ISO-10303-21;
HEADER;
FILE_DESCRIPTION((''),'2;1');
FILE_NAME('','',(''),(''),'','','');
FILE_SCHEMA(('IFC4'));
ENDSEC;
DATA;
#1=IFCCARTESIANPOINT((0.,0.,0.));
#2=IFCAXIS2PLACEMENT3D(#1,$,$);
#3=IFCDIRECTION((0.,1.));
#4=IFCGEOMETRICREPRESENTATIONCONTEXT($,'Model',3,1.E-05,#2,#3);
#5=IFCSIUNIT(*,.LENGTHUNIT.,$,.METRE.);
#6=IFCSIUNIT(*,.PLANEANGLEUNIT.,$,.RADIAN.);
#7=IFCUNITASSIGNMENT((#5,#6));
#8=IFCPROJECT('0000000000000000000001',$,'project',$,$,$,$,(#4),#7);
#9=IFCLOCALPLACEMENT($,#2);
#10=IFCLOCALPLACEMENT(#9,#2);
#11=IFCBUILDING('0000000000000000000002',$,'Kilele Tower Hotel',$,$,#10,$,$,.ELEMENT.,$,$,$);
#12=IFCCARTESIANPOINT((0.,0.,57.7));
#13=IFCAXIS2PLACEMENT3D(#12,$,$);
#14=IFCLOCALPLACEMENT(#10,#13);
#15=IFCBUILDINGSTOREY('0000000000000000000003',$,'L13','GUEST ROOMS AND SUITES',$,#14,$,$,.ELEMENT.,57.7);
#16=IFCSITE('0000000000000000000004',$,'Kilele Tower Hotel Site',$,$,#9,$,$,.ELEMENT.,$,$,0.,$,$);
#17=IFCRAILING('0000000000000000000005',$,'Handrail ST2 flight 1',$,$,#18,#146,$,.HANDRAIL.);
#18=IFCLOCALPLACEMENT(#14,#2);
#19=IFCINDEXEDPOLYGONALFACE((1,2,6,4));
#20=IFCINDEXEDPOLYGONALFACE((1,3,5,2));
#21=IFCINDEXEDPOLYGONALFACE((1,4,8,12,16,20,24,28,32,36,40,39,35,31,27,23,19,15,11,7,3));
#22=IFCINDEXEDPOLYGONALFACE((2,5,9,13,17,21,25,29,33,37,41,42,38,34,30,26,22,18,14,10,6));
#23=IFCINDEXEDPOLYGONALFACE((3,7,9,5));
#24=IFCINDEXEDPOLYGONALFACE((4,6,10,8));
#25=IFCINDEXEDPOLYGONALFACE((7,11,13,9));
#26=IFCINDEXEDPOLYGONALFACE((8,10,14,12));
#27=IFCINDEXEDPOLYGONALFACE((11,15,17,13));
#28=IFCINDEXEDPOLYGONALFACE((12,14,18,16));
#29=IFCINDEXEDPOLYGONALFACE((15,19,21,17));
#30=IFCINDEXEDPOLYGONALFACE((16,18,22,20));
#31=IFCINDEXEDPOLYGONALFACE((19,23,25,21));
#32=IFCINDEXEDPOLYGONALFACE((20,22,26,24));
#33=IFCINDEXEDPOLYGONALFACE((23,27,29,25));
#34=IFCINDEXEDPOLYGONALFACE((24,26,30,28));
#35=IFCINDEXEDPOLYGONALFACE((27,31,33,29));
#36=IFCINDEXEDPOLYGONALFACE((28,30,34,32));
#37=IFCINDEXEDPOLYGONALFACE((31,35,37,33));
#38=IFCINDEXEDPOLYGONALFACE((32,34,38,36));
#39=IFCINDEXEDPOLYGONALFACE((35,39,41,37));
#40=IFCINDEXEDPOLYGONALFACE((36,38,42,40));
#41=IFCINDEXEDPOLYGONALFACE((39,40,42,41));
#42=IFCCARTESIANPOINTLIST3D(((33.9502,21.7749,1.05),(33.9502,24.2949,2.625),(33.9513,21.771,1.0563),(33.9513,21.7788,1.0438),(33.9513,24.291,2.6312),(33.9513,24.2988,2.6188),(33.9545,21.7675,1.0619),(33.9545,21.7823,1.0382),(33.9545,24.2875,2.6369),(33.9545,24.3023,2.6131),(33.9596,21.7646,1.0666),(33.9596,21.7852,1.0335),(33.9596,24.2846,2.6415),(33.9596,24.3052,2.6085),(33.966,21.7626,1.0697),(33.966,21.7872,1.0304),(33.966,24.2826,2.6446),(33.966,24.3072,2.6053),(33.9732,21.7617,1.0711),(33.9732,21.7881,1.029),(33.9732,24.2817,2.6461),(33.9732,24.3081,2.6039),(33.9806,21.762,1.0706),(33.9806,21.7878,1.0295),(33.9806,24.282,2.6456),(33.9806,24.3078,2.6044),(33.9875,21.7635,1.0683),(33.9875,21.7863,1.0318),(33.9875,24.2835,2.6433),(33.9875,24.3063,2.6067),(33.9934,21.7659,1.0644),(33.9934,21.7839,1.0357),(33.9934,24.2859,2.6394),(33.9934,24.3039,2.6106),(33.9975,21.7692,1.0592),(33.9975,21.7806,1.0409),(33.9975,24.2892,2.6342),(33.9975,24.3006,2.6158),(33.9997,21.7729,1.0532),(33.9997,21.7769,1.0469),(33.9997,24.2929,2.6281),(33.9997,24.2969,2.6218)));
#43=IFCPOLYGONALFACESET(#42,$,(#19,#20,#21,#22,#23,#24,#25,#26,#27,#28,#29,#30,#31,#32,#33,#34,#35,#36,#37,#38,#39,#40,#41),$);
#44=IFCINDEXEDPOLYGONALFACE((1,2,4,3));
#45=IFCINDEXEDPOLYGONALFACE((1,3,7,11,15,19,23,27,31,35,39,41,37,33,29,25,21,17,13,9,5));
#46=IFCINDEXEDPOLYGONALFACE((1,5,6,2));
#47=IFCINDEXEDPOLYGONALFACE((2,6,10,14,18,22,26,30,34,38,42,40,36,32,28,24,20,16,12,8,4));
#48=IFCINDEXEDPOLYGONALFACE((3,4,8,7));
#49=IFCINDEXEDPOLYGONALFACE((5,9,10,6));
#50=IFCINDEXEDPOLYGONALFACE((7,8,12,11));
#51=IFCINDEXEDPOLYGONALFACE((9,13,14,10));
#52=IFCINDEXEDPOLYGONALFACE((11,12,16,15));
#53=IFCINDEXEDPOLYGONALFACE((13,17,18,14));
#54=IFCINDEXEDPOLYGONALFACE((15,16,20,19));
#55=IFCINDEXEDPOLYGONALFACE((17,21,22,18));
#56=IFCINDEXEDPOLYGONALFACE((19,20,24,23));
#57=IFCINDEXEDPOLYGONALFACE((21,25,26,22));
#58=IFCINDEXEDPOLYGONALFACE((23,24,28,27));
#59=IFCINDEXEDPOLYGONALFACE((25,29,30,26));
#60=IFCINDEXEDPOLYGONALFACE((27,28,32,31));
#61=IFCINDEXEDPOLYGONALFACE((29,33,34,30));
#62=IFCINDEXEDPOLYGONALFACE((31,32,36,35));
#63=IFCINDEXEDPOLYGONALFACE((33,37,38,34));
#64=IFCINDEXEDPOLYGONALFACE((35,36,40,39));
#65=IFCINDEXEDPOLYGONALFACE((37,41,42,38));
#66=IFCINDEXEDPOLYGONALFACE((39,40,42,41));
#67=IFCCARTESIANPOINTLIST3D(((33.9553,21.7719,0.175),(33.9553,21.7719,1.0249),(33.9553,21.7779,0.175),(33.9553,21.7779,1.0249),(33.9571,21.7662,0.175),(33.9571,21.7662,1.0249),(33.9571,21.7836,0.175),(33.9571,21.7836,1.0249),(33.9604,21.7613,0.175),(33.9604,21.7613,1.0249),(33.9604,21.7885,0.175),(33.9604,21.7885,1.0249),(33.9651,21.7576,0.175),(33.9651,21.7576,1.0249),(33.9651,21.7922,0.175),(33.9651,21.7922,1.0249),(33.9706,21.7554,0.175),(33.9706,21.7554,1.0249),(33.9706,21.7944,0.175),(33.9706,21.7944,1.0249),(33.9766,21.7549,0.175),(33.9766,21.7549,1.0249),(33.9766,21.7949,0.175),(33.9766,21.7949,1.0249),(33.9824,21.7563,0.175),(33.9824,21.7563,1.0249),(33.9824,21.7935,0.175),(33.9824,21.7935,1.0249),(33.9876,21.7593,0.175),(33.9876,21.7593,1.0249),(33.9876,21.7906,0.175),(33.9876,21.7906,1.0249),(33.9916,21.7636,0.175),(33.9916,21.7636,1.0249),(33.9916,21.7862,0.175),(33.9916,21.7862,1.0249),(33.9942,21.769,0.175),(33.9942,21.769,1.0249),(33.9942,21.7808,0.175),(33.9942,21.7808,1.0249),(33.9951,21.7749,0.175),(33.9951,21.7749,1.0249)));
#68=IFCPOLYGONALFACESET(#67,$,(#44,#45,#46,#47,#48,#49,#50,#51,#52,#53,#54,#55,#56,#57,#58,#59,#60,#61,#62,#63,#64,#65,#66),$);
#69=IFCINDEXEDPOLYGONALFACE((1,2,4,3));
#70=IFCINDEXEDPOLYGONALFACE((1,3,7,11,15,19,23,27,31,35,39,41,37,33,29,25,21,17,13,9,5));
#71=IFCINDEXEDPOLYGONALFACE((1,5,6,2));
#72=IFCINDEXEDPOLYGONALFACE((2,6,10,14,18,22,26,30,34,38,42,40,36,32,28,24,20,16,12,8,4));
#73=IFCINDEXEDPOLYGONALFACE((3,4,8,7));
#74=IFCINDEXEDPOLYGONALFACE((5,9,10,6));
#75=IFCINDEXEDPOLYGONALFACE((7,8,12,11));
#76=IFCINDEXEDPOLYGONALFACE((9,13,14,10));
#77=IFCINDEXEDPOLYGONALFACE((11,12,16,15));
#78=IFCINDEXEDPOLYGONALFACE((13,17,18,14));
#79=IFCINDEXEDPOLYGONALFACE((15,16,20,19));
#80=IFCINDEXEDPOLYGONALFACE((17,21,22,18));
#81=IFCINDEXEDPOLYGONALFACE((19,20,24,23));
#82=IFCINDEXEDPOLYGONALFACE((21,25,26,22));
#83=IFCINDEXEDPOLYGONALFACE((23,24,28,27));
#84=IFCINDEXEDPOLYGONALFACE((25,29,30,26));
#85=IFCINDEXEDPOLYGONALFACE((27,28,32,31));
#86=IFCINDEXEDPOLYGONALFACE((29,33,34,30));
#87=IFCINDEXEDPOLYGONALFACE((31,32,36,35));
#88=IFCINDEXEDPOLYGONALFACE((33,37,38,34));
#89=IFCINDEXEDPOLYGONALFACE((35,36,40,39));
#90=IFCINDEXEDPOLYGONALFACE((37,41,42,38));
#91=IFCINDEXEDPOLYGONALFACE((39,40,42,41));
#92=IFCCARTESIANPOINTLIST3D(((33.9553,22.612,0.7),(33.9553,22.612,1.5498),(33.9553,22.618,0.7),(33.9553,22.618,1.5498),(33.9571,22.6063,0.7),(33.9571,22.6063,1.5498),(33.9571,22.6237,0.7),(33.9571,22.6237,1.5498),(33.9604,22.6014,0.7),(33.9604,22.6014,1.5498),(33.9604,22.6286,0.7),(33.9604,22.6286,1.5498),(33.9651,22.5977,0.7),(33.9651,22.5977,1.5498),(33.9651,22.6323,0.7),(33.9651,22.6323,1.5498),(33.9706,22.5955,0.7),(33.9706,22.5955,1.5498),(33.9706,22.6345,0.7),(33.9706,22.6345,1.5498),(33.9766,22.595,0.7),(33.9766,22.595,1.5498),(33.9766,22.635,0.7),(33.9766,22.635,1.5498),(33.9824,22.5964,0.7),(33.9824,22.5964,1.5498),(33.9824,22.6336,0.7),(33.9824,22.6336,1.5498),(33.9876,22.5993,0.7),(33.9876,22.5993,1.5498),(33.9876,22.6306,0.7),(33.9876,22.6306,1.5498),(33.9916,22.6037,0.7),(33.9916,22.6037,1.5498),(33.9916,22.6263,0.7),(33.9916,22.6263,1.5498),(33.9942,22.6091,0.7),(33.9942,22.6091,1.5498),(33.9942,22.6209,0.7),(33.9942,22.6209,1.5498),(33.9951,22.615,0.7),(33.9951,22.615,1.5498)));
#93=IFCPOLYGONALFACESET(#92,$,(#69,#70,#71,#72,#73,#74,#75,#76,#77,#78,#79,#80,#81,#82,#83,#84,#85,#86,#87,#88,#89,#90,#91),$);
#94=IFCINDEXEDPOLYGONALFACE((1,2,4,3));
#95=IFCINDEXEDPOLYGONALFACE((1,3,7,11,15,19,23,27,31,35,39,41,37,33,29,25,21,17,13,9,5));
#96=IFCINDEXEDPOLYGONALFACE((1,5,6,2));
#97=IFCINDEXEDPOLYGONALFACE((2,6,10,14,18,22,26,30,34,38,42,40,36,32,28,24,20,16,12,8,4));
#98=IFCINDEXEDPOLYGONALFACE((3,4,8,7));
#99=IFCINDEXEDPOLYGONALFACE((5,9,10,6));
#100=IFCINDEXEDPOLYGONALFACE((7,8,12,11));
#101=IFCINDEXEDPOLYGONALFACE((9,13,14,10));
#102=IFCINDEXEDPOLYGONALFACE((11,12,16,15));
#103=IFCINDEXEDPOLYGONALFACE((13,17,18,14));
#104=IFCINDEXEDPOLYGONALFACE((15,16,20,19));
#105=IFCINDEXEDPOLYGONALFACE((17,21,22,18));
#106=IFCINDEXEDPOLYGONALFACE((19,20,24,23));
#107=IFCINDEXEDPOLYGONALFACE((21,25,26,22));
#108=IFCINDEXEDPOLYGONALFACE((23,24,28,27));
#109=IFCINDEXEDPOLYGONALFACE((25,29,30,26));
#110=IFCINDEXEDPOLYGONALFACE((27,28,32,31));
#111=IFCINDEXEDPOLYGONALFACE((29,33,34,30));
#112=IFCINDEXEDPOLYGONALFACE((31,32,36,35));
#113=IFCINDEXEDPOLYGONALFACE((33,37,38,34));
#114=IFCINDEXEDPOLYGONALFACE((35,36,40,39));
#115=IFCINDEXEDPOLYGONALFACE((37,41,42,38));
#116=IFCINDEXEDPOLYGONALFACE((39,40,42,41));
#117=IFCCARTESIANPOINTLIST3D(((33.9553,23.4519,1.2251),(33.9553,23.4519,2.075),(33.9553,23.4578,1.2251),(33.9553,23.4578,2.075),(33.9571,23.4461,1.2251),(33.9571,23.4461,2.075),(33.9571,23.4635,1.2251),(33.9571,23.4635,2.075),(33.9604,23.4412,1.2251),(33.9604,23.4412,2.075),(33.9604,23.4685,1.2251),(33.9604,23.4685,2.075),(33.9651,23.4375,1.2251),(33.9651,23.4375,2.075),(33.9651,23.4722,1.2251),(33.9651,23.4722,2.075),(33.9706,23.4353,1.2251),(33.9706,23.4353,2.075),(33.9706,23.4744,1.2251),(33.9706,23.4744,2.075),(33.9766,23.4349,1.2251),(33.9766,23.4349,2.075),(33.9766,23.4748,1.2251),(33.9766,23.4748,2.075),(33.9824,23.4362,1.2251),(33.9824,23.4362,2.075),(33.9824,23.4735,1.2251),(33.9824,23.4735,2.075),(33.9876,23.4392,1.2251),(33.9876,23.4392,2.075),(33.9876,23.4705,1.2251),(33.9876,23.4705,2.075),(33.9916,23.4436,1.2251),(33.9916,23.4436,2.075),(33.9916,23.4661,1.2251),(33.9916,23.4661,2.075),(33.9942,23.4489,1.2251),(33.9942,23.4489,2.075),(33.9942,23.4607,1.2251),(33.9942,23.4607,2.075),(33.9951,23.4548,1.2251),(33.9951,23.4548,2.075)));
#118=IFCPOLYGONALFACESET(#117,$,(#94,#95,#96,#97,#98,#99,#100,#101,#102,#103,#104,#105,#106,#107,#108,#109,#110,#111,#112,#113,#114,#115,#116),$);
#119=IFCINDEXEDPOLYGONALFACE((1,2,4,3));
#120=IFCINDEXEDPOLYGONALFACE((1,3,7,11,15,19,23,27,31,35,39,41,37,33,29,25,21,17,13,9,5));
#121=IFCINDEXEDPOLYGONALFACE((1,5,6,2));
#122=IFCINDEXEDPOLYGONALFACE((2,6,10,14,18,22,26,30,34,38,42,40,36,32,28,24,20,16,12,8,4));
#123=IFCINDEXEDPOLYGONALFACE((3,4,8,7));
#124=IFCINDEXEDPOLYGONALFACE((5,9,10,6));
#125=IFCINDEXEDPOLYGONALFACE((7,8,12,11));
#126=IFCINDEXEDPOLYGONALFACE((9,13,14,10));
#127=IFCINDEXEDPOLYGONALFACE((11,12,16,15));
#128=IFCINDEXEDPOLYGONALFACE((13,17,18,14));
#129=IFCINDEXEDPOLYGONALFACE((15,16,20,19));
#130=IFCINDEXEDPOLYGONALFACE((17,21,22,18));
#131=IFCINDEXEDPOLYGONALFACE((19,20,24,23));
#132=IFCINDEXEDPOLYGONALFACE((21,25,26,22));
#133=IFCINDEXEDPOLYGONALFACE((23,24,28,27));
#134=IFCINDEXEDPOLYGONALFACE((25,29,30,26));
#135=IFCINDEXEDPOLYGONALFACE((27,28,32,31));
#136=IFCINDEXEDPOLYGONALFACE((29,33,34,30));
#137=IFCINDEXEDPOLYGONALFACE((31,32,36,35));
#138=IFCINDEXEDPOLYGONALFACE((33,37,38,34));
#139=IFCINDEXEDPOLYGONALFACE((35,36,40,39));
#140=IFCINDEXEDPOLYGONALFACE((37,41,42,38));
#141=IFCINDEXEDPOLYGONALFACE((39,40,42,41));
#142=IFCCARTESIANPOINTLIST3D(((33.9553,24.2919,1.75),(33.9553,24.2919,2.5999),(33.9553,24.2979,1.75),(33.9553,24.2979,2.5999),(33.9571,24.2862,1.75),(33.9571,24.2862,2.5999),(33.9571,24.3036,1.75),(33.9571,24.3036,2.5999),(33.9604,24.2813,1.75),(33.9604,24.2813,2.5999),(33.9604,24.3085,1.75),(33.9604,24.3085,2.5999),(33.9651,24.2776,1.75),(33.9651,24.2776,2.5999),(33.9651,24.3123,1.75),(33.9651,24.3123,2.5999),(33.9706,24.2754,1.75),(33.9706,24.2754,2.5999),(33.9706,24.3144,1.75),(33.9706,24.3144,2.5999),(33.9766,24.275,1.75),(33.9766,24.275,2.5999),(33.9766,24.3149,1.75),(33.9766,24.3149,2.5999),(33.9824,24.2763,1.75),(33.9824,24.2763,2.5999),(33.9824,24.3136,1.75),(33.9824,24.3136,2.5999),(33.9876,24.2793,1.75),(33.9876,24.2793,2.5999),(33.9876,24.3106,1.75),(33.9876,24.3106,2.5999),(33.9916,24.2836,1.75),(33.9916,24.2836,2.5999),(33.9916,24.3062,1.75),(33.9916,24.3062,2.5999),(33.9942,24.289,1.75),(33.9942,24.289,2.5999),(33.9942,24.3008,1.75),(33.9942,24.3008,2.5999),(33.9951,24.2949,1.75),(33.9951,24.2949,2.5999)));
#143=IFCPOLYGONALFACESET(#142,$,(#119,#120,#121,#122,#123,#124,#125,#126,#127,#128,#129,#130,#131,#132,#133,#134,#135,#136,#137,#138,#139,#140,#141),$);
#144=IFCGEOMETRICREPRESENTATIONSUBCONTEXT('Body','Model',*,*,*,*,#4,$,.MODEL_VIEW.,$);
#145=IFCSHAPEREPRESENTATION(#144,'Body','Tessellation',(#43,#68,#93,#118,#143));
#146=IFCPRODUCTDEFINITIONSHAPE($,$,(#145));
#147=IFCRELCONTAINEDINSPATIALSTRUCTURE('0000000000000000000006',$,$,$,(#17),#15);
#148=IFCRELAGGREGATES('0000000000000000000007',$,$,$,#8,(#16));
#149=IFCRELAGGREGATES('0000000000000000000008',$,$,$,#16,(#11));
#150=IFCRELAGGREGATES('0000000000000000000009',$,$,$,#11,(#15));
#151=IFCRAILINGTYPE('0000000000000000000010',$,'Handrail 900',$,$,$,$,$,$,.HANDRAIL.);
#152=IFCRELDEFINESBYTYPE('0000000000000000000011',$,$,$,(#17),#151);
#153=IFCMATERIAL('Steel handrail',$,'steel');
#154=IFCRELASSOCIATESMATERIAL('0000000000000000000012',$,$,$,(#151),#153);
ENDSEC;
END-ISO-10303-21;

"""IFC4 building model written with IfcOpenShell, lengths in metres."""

from ifc_helpers import new_model, si_unit, direction, frame, origin, origin_2d, place, context, subcontext, project, spatial, circle, extrude, material, type_object, element, save


model = new_model("IFC4")

# Units and contexts
model_context = context("Model", 3, precision=1e-05, world=origin(), true_north=direction((0.0, 1.0)))
body_context = subcontext(model_context, "Body", "Model", "MODEL_VIEW")
ifc_project = project(units=[si_unit("LENGTHUNIT", "METRE"), si_unit("PLANEANGLEUNIT", "RADIAN")], contexts=[model_context])

# Site, building, storey
site_placement = place(None, origin())
site = spatial("IfcSite", under=ifc_project, at=site_placement, Name="Kilele Tower Hotel Site", CompositionType="ELEMENT", RefElevation=0.0)
building_placement = place(site_placement, origin())
building = spatial("IfcBuilding", under=site, at=building_placement, Name="Kilele Tower Hotel", CompositionType="ELEMENT")
storey_placement = place(building_placement, frame((0.0, 0.0, 57.7)))
storey = spatial("IfcBuildingStorey", under=building, at=storey_placement, Name="L13", Description="GUEST ROOMS AND SUITES", CompositionType="ELEMENT", Elevation=57.7)

# Railing
ifc_material_1 = material(Name="Steel handrail", Category="steel")
railing_type_1 = type_object("IfcRailingType", Name="Handrail 900", PredefinedType="HANDRAIL", material=ifc_material_1)
for number, where, name in (
    (1, (33.9751, 21.7749, 0.175), "Handrail ST2 flight 1"),
):
    element("IfcRailing", number, at=place(storey_placement, frame(where)), inside=storey, type_object=railing_type_1, Name=name, PredefinedType="HANDRAIL", context=body_context, shape_type="SweptSolid", body=[
        extrude(circle(Radius=0.0249, at=origin_2d()), frame((0.0, 0.0, 0.875), z_axis=(0.0, 0.848008, 0.529984), x_axis=(-1.0, 0.0, 0.0)), (0.0, 0.0, 1.0), 2.9717),
        extrude(circle(Radius=0.02, at=origin_2d()), origin(), (0.0, 0.0, 1.0), 0.8499),
        extrude(circle(Radius=0.02, at=origin_2d()), frame((0.0, 0.8401, 0.5249)), (0.0, 0.0, 1.0), 0.8499),
        extrude(circle(Radius=0.02, at=origin_2d()), frame((0.0, 1.6799, 1.05)), (0.0, 0.0, 1.0), 0.8499),
        extrude(circle(Radius=0.02, at=origin_2d()), frame((0.0, 2.52, 1.575)), (0.0, 0.0, 1.0), 0.8499),
    ])

save(model, "model.ifc")
